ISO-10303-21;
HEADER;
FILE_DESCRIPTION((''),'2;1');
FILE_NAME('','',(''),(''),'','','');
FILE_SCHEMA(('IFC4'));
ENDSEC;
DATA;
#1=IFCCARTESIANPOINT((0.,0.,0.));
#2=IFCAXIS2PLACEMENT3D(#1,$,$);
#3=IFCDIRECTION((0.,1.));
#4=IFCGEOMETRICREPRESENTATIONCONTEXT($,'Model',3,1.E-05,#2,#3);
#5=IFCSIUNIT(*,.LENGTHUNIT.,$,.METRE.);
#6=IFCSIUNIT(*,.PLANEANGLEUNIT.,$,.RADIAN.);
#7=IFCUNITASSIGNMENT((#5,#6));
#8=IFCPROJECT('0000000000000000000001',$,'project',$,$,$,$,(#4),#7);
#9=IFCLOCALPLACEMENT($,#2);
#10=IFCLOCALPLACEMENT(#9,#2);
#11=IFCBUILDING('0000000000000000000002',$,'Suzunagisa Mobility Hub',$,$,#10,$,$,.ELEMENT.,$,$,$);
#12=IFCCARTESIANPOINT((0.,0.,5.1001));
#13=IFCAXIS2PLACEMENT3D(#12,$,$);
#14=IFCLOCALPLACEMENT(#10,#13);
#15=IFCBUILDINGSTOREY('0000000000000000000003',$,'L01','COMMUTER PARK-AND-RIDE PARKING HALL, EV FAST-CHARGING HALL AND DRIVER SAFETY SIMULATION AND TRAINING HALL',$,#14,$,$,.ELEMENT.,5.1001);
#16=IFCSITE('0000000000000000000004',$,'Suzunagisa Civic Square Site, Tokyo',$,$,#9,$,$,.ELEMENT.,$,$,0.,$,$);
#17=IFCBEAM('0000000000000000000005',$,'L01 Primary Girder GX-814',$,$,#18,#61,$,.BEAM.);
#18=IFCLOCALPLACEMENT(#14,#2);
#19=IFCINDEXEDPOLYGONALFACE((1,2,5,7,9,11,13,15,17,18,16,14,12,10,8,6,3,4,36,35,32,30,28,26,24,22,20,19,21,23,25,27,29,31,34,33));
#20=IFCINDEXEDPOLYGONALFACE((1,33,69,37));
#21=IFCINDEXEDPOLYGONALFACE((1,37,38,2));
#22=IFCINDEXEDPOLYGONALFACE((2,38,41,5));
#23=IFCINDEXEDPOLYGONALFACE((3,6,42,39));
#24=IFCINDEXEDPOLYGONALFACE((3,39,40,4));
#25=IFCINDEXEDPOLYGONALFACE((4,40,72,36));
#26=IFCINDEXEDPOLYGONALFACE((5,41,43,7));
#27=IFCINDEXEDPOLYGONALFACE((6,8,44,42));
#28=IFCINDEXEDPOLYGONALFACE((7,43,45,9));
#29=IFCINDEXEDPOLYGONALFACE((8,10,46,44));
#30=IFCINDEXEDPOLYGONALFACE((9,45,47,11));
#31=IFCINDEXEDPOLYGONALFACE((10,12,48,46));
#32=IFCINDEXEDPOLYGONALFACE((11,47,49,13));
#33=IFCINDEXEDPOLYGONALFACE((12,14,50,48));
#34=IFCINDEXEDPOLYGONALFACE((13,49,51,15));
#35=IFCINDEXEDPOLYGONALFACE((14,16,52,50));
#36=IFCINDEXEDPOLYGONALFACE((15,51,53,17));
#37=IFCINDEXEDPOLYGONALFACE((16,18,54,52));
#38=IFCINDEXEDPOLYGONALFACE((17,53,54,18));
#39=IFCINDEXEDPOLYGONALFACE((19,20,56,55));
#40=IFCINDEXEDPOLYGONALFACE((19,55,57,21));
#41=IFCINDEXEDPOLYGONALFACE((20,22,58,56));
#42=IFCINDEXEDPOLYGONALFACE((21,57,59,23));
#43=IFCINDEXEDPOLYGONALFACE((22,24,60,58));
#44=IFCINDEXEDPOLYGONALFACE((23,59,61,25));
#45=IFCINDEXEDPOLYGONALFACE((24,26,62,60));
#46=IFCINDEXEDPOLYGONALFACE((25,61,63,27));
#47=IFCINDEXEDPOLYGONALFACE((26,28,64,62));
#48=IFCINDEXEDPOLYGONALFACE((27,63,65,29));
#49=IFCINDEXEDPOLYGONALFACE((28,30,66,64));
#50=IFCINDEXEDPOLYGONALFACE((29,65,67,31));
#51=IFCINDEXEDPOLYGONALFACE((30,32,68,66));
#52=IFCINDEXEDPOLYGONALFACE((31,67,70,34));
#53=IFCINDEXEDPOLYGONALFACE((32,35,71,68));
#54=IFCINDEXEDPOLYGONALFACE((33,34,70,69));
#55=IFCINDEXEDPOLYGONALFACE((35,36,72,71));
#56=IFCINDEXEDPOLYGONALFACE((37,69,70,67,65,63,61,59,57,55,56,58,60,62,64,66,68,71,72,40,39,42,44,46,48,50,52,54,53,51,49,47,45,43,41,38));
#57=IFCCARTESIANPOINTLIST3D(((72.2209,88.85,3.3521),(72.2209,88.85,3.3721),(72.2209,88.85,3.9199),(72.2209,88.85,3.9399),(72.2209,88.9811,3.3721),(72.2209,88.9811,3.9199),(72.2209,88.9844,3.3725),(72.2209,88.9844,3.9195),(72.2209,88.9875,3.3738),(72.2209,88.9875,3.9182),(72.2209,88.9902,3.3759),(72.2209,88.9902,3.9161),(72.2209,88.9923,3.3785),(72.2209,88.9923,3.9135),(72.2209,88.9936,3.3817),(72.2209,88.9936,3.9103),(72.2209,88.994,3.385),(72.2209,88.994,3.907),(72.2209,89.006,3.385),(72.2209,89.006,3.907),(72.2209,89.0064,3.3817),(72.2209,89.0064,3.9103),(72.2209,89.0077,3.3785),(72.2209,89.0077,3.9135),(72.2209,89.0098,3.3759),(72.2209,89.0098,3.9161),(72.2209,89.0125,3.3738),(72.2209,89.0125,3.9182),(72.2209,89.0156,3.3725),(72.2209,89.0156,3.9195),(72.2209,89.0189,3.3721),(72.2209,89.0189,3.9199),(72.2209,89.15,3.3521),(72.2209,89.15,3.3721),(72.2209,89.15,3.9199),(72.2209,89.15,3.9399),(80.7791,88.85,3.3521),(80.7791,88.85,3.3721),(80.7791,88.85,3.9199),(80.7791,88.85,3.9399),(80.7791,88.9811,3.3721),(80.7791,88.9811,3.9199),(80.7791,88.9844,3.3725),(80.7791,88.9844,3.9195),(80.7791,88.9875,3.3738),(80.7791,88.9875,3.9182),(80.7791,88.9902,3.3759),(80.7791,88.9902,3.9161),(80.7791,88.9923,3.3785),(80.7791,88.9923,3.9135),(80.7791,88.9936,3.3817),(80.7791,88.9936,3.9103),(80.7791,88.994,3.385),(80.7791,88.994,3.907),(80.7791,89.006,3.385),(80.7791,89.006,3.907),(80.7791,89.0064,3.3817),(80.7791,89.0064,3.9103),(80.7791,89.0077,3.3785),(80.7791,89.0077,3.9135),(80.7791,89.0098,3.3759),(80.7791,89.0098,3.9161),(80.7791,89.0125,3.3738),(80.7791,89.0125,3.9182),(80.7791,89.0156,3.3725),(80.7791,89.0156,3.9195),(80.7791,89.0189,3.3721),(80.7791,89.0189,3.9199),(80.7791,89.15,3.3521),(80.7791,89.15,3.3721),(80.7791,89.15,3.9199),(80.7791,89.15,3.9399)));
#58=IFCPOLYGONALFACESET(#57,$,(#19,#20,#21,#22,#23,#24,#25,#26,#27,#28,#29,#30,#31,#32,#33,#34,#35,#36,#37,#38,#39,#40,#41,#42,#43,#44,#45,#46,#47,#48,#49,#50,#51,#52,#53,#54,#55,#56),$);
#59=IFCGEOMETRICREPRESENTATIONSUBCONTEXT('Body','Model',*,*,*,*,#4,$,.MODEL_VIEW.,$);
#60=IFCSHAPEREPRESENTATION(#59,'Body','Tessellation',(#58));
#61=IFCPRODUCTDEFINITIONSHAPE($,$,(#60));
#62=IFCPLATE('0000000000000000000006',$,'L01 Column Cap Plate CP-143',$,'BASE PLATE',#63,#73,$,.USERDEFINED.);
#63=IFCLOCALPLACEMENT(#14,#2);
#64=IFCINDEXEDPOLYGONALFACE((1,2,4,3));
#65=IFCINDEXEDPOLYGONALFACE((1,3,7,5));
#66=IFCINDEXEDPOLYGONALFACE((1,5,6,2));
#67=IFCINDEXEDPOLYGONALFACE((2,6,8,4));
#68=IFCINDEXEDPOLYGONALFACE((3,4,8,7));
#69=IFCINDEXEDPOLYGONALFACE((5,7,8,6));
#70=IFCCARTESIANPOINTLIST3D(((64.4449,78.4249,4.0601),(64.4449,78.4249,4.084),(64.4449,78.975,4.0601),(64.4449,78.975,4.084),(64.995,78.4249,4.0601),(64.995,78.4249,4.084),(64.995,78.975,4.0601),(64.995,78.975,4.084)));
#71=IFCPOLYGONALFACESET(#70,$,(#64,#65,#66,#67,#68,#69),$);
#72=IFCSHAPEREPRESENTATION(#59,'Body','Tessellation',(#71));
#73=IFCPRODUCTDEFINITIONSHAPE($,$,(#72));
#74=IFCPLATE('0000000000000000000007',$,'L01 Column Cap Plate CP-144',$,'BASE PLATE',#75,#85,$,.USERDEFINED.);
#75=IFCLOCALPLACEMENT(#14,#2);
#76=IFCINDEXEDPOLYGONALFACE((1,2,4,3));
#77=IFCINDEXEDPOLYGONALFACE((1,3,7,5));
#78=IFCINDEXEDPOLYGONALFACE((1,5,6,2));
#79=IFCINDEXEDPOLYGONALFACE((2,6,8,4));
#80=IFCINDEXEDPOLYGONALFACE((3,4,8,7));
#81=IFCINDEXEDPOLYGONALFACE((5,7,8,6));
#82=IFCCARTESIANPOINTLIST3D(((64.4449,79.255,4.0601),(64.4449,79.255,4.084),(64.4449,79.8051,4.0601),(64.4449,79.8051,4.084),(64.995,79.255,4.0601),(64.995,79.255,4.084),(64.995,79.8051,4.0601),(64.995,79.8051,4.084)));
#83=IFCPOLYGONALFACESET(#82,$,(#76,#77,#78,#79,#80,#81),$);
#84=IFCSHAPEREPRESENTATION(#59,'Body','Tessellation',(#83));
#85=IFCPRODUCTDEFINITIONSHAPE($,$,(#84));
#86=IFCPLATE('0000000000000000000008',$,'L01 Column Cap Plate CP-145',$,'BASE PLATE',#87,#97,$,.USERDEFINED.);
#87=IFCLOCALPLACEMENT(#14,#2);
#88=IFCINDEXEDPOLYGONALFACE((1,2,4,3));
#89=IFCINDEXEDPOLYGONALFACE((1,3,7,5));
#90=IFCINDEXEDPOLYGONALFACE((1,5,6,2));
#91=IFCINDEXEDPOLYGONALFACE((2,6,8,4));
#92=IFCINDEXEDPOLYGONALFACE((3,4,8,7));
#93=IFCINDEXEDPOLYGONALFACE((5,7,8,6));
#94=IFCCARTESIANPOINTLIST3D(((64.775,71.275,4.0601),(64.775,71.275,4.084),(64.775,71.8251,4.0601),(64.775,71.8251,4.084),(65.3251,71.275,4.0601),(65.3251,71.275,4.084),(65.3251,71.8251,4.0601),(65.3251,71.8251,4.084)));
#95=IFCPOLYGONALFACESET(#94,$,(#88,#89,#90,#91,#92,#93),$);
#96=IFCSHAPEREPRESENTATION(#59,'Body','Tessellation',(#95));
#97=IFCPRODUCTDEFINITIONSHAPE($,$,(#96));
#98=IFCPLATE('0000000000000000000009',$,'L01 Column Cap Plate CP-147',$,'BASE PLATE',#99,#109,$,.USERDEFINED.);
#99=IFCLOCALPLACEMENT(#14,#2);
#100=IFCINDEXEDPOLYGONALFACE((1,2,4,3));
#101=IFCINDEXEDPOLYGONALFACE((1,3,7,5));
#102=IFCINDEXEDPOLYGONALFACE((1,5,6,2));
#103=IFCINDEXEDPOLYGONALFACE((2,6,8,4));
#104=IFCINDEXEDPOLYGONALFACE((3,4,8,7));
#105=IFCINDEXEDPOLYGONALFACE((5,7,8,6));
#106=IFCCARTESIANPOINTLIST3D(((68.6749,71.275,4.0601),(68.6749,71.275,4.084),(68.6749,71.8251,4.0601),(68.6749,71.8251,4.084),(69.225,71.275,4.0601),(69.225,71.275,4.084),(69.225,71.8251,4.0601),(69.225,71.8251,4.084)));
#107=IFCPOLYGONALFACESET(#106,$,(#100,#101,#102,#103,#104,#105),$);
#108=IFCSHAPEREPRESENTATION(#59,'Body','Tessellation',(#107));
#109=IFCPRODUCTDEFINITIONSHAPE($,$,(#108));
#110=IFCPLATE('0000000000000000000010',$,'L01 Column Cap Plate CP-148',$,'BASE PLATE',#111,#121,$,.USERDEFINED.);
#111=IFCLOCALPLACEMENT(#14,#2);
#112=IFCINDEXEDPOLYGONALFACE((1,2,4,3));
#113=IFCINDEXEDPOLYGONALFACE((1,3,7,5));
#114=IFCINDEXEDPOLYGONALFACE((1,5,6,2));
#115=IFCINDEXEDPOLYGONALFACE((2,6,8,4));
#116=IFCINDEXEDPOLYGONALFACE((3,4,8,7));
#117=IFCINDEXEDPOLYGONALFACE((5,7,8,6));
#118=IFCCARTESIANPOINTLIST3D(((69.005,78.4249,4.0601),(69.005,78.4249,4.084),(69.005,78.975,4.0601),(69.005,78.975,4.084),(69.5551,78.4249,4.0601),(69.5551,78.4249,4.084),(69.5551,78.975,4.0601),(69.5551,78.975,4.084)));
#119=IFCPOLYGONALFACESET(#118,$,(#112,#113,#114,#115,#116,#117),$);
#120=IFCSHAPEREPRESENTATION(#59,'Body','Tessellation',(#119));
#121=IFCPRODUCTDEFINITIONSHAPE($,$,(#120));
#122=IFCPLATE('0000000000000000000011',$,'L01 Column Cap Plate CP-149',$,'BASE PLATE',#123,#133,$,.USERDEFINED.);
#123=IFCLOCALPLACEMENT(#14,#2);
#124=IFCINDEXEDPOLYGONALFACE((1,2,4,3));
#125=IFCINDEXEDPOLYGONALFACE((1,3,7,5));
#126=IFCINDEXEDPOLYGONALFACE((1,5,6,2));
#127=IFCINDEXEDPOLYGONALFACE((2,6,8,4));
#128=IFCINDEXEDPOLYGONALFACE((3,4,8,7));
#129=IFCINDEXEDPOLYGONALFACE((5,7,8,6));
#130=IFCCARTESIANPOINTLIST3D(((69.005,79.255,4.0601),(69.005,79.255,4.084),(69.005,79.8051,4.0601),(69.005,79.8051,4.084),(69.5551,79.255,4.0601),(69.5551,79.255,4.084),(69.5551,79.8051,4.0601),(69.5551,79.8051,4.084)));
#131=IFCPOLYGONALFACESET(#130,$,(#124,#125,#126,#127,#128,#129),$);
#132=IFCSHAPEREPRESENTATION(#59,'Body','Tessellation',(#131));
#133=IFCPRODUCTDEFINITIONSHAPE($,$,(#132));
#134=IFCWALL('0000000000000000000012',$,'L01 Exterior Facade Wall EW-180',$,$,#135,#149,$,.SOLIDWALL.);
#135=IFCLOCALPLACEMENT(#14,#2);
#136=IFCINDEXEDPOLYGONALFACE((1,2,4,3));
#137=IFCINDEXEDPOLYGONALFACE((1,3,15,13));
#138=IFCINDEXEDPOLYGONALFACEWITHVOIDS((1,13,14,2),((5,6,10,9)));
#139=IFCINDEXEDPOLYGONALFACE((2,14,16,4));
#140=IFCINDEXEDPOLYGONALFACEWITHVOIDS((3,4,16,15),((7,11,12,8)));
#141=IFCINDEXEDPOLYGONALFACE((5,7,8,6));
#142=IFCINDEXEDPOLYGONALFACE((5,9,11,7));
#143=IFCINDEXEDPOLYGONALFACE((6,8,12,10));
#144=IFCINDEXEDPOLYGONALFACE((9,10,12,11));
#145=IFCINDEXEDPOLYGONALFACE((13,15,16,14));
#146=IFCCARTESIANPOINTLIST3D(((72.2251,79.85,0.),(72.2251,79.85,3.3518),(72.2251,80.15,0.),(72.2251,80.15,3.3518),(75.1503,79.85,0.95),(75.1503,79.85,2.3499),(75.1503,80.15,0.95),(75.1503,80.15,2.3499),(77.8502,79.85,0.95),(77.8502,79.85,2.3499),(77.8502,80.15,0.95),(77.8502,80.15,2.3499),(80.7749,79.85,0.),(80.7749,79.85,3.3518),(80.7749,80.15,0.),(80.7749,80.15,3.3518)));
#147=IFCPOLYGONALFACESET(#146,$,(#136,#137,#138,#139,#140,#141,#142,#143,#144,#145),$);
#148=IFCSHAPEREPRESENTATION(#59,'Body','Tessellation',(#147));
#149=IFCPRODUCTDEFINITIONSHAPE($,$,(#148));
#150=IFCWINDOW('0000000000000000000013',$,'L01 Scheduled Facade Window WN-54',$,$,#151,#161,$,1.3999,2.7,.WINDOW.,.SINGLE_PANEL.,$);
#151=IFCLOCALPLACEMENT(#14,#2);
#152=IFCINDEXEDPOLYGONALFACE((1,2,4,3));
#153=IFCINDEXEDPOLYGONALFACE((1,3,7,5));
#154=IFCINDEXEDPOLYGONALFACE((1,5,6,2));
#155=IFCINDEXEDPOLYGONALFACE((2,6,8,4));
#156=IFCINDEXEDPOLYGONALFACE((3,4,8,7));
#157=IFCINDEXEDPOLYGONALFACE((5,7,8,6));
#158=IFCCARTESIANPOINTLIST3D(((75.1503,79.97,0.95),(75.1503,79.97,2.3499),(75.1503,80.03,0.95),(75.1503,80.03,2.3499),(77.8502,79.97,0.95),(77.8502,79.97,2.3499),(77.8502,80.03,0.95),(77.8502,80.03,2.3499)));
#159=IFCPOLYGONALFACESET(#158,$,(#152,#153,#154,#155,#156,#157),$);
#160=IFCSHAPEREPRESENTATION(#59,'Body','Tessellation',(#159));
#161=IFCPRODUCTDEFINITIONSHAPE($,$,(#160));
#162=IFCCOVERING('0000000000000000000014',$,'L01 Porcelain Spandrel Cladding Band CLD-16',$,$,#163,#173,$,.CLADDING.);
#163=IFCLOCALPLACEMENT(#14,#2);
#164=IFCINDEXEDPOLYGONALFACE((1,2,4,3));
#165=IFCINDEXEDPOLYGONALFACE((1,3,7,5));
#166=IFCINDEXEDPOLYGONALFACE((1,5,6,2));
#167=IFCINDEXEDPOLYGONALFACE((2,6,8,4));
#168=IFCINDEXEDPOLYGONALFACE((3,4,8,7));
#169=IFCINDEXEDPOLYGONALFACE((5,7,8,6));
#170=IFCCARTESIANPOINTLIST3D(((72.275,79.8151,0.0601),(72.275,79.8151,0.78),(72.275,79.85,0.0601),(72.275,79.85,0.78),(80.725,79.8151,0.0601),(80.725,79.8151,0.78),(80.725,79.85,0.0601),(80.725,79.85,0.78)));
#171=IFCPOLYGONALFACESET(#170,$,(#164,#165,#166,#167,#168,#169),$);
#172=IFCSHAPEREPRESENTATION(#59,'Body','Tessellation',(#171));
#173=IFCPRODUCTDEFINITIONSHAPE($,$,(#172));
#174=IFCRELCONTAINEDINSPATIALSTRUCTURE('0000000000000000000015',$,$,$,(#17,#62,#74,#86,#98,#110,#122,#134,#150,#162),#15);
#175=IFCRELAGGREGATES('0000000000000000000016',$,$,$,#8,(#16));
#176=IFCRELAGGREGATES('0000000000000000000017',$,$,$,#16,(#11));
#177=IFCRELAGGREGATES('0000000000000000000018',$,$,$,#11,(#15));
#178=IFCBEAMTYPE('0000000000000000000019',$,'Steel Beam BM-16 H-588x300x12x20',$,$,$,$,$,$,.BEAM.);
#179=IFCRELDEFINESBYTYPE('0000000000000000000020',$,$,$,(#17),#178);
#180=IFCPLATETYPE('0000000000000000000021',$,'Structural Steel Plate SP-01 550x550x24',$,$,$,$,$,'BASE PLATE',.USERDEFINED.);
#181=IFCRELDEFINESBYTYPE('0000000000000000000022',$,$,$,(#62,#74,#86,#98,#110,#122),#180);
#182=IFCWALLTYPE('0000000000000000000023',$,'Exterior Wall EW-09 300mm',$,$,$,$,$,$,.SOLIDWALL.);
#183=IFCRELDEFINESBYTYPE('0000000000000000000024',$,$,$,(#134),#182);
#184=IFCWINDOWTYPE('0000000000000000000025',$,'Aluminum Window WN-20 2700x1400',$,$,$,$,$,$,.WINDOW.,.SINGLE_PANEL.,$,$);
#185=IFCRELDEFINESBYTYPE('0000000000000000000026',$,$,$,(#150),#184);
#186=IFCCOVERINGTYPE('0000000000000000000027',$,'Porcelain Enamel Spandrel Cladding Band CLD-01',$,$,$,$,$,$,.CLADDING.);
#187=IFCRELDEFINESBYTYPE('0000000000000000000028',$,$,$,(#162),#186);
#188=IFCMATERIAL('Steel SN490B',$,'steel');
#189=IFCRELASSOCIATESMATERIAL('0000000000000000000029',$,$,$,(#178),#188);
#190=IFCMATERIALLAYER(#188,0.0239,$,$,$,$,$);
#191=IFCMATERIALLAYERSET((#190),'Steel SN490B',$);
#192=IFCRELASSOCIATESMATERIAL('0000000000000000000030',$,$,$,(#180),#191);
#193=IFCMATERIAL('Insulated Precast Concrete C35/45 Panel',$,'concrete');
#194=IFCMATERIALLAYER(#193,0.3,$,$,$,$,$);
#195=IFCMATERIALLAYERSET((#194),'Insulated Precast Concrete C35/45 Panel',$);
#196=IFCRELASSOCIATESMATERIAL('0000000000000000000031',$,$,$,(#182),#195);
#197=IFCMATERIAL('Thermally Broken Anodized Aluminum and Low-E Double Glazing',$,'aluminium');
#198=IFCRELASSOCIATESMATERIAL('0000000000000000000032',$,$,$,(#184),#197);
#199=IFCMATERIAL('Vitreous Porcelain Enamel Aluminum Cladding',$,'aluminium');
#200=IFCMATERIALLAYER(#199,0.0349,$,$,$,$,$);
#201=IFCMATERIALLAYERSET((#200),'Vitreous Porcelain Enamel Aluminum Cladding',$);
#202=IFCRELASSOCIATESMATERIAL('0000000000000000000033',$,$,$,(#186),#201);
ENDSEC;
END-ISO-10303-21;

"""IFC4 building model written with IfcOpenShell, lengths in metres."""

from ifc_helpers import new_model, si_unit, direction, frame, frame_2d, origin, origin_2d, place, context, subcontext, project, spatial, rectangle, i_section, extrude, material, layer, layer_set, material_profile, profile_set, type_object, element, fill, save


model = new_model("IFC4")

# Units and contexts
model_context = context("Model", 3, precision=1e-05, world=origin(), true_north=direction((0.0, 1.0)))
body_context = subcontext(model_context, "Body", "Model", "MODEL_VIEW")
ifc_project = project(units=[si_unit("LENGTHUNIT", "METRE"), si_unit("PLANEANGLEUNIT", "RADIAN")], contexts=[model_context])

# Site, building, storey
site_placement = place(None, origin())
site = spatial("IfcSite", under=ifc_project, at=site_placement, Name="Suzunagisa Civic Square Site, Tokyo", CompositionType="ELEMENT", RefElevation=0.0)
building_placement = place(site_placement, origin())
building = spatial("IfcBuilding", under=site, at=building_placement, Name="Suzunagisa Mobility Hub", CompositionType="ELEMENT")
storey_placement = place(building_placement, frame((0.0, 0.0, 5.1001)))
storey = spatial("IfcBuildingStorey", under=building, at=storey_placement, Name="L01", Description="COMMUTER PARK-AND-RIDE PARKING HALL, EV FAST-CHARGING HALL AND DRIVER SAFETY SIMULATION AND TRAINING HALL", CompositionType="ELEMENT", Elevation=5.1001)

# Shared definitions
ifc_material_1 = material(Name="Steel SN490B", Category="steel")

# Beam
ifc_material_profile_1 = material_profile(ifc_material_1, i_section(OverallWidth=0.3, OverallDepth=0.5879, WebThickness=0.012, FlangeThickness=0.02, FilletRadius=0.0129, at=origin_2d()), Name="H-588x300x12x20")
ifc_profile_set_1 = profile_set([ifc_material_profile_1], Name="Steel SN490B")
beam_type_1 = type_object("IfcBeamType", Name="Steel Beam BM-16 H-588x300x12x20", PredefinedType="BEAM", material=ifc_profile_set_1)
for number, where, z_axis, x_axis, name in (
    (1, (72.2209, 89.0, 3.646), (1.0, 0.0, 0.0), (0.0, 1.0, 0.0), "L01 Primary Girder GX-814"),
):
    element("IfcBeam", number, at=place(storey_placement, frame(where, z_axis=z_axis, x_axis=x_axis)), inside=storey, type_object=beam_type_1, Name=name, PredefinedType="BEAM", context=body_context, shape_type="SweptSolid", body=[
        extrude(i_section(OverallWidth=0.3, OverallDepth=0.5879, WebThickness=0.012, FlangeThickness=0.02, FilletRadius=0.0129, at=origin_2d()), origin(), (0.0, 0.0, 1.0), 8.5581),
    ])

# Plates
ifc_layer_1 = layer(ifc_material_1, 0.0239)
ifc_layer_set_1 = layer_set([ifc_layer_1], Name="Steel SN490B")
plate_type = type_object("IfcPlateType", Name="Structural Steel Plate SP-01 550x550x24", ElementType="BASE PLATE", PredefinedType="USERDEFINED", material=ifc_layer_set_1)
for number, where, z_axis, x_axis, name in (
    (2, (64.72, 78.7, 4.0601), (0.0, 0.0, 1.0), (1.0, 0.0, 0.0), "L01 Column Cap Plate CP-143"),
    (3, (64.72, 79.53, 4.0601), (0.0, 0.0, 1.0), (1.0, 0.0, 0.0), "L01 Column Cap Plate CP-144"),
    (4, (65.05, 71.55, 4.0601), (0.0, 0.0, 1.0), (1.0, 0.0, 0.0), "L01 Column Cap Plate CP-145"),
    (5, (68.95, 71.55, 4.0601), (0.0, 0.0, 1.0), (1.0, 0.0, 0.0), "L01 Column Cap Plate CP-147"),
    (6, (69.28, 78.7, 4.0601), (0.0, 0.0, 1.0), (1.0, 0.0, 0.0), "L01 Column Cap Plate CP-148"),
    (7, (69.28, 79.53, 4.0601), (0.0, 0.0, 1.0), (1.0, 0.0, 0.0), "L01 Column Cap Plate CP-149"),
):
    element("IfcPlate", number, at=place(storey_placement, frame(where, z_axis=z_axis, x_axis=x_axis)), inside=storey, type_object=plate_type, Name=name, ObjectType="BASE PLATE", PredefinedType="USERDEFINED", context=body_context, shape_type="SweptSolid", body=[
        extrude(rectangle(XDim=0.55, YDim=0.55, at=origin_2d()), origin(), (0.0, 0.0, 1.0), 0.0239),
    ])

# Wall, opening, window
ifc_material_2 = material(Name="Insulated Precast Concrete C35/45 Panel", Category="concrete")
ifc_layer_2 = layer(ifc_material_2, 0.3)
ifc_layer_set_2 = layer_set([ifc_layer_2], Name="Insulated Precast Concrete C35/45 Panel")
wall_type = type_object("IfcWallType", Name="Exterior Wall EW-09 300mm", PredefinedType="SOLIDWALL", material=ifc_layer_set_2)
wall_placement = place(storey_placement, frame((72.2251, 80.0, 0.0), z_axis=(0.0, 0.0, 1.0), x_axis=(1.0, 0.0, 0.0)))
wall = element("IfcWall", 8, at=wall_placement, inside=storey, type_object=wall_type, Name="L01 Exterior Facade Wall EW-180", PredefinedType="SOLIDWALL", context=body_context, shape_type="SweptSolid", body=[
    extrude(rectangle(XDim=8.5498, YDim=0.3, at=frame_2d((4.2749, 0.0))), origin(), (0.0, 0.0, 1.0), 3.3518),
])
opening_placement = place(wall_placement, frame((2.925, 0.0, 0.95)))
opening = element("IfcOpeningElement", 9, at=opening_placement, cuts=wall, PredefinedType="OPENING", context=body_context, shape_type="SweptSolid", body=[
    extrude(rectangle(XDim=2.7, YDim=1.3999, at=frame_2d((1.3501, 0.7))), frame((0.0, 0.1611, 0.0), z_axis=(0.0, -1.0, 0.0), x_axis=(1.0, 0.0, 0.0)), (0.0, 0.0, 1.0), 0.322),
])
ifc_material_3 = material(Name="Thermally Broken Anodized Aluminum and Low-E Double Glazing", Category="aluminium")
window_type = type_object("IfcWindowType", Name="Aluminum Window WN-20 2700x1400", PartitioningType="SINGLE_PANEL", PredefinedType="WINDOW", material=ifc_material_3)
window_placement = place(opening_placement, origin())
window = element("IfcWindow", 10, at=window_placement, inside=storey, type_object=window_type, Name="L01 Scheduled Facade Window WN-54", OverallHeight=1.3999, OverallWidth=2.7, PartitioningType="SINGLE_PANEL", PredefinedType="WINDOW", context=body_context, shape_type="SweptSolid", body=[
    extrude(rectangle(XDim=2.7, YDim=1.3999, at=frame_2d((1.3501, 0.7))), frame((0.0, 0.03, 0.0), z_axis=(0.0, -1.0, 0.0), x_axis=(1.0, 0.0, 0.0)), (0.0, 0.0, 1.0), 0.0601),
])
fill(opening, window)

# Covering
ifc_material_4 = material(Name="Vitreous Porcelain Enamel Aluminum Cladding", Category="aluminium")
ifc_layer_3 = layer(ifc_material_4, 0.0349)
ifc_layer_set_3 = layer_set([ifc_layer_3], Name="Vitreous Porcelain Enamel Aluminum Cladding")
covering_type = type_object("IfcCoveringType", Name="Porcelain Enamel Spandrel Cladding Band CLD-01", PredefinedType="CLADDING", material=ifc_layer_set_3)
covering_placement = place(storey_placement, frame((76.5, 79.8325, 0.0601), z_axis=(0.0, 0.0, 1.0), x_axis=(1.0, 0.0, 0.0)))
element("IfcCovering", 11, at=covering_placement, inside=storey, type_object=covering_type, Name="L01 Porcelain Spandrel Cladding Band CLD-16", PredefinedType="CLADDING", context=body_context, shape_type="SweptSolid", body=[
    extrude(rectangle(XDim=8.45, YDim=0.0349, at=origin_2d()), origin(), (0.0, 0.0, 1.0), 0.72),
])

save(model, "model.ifc")
